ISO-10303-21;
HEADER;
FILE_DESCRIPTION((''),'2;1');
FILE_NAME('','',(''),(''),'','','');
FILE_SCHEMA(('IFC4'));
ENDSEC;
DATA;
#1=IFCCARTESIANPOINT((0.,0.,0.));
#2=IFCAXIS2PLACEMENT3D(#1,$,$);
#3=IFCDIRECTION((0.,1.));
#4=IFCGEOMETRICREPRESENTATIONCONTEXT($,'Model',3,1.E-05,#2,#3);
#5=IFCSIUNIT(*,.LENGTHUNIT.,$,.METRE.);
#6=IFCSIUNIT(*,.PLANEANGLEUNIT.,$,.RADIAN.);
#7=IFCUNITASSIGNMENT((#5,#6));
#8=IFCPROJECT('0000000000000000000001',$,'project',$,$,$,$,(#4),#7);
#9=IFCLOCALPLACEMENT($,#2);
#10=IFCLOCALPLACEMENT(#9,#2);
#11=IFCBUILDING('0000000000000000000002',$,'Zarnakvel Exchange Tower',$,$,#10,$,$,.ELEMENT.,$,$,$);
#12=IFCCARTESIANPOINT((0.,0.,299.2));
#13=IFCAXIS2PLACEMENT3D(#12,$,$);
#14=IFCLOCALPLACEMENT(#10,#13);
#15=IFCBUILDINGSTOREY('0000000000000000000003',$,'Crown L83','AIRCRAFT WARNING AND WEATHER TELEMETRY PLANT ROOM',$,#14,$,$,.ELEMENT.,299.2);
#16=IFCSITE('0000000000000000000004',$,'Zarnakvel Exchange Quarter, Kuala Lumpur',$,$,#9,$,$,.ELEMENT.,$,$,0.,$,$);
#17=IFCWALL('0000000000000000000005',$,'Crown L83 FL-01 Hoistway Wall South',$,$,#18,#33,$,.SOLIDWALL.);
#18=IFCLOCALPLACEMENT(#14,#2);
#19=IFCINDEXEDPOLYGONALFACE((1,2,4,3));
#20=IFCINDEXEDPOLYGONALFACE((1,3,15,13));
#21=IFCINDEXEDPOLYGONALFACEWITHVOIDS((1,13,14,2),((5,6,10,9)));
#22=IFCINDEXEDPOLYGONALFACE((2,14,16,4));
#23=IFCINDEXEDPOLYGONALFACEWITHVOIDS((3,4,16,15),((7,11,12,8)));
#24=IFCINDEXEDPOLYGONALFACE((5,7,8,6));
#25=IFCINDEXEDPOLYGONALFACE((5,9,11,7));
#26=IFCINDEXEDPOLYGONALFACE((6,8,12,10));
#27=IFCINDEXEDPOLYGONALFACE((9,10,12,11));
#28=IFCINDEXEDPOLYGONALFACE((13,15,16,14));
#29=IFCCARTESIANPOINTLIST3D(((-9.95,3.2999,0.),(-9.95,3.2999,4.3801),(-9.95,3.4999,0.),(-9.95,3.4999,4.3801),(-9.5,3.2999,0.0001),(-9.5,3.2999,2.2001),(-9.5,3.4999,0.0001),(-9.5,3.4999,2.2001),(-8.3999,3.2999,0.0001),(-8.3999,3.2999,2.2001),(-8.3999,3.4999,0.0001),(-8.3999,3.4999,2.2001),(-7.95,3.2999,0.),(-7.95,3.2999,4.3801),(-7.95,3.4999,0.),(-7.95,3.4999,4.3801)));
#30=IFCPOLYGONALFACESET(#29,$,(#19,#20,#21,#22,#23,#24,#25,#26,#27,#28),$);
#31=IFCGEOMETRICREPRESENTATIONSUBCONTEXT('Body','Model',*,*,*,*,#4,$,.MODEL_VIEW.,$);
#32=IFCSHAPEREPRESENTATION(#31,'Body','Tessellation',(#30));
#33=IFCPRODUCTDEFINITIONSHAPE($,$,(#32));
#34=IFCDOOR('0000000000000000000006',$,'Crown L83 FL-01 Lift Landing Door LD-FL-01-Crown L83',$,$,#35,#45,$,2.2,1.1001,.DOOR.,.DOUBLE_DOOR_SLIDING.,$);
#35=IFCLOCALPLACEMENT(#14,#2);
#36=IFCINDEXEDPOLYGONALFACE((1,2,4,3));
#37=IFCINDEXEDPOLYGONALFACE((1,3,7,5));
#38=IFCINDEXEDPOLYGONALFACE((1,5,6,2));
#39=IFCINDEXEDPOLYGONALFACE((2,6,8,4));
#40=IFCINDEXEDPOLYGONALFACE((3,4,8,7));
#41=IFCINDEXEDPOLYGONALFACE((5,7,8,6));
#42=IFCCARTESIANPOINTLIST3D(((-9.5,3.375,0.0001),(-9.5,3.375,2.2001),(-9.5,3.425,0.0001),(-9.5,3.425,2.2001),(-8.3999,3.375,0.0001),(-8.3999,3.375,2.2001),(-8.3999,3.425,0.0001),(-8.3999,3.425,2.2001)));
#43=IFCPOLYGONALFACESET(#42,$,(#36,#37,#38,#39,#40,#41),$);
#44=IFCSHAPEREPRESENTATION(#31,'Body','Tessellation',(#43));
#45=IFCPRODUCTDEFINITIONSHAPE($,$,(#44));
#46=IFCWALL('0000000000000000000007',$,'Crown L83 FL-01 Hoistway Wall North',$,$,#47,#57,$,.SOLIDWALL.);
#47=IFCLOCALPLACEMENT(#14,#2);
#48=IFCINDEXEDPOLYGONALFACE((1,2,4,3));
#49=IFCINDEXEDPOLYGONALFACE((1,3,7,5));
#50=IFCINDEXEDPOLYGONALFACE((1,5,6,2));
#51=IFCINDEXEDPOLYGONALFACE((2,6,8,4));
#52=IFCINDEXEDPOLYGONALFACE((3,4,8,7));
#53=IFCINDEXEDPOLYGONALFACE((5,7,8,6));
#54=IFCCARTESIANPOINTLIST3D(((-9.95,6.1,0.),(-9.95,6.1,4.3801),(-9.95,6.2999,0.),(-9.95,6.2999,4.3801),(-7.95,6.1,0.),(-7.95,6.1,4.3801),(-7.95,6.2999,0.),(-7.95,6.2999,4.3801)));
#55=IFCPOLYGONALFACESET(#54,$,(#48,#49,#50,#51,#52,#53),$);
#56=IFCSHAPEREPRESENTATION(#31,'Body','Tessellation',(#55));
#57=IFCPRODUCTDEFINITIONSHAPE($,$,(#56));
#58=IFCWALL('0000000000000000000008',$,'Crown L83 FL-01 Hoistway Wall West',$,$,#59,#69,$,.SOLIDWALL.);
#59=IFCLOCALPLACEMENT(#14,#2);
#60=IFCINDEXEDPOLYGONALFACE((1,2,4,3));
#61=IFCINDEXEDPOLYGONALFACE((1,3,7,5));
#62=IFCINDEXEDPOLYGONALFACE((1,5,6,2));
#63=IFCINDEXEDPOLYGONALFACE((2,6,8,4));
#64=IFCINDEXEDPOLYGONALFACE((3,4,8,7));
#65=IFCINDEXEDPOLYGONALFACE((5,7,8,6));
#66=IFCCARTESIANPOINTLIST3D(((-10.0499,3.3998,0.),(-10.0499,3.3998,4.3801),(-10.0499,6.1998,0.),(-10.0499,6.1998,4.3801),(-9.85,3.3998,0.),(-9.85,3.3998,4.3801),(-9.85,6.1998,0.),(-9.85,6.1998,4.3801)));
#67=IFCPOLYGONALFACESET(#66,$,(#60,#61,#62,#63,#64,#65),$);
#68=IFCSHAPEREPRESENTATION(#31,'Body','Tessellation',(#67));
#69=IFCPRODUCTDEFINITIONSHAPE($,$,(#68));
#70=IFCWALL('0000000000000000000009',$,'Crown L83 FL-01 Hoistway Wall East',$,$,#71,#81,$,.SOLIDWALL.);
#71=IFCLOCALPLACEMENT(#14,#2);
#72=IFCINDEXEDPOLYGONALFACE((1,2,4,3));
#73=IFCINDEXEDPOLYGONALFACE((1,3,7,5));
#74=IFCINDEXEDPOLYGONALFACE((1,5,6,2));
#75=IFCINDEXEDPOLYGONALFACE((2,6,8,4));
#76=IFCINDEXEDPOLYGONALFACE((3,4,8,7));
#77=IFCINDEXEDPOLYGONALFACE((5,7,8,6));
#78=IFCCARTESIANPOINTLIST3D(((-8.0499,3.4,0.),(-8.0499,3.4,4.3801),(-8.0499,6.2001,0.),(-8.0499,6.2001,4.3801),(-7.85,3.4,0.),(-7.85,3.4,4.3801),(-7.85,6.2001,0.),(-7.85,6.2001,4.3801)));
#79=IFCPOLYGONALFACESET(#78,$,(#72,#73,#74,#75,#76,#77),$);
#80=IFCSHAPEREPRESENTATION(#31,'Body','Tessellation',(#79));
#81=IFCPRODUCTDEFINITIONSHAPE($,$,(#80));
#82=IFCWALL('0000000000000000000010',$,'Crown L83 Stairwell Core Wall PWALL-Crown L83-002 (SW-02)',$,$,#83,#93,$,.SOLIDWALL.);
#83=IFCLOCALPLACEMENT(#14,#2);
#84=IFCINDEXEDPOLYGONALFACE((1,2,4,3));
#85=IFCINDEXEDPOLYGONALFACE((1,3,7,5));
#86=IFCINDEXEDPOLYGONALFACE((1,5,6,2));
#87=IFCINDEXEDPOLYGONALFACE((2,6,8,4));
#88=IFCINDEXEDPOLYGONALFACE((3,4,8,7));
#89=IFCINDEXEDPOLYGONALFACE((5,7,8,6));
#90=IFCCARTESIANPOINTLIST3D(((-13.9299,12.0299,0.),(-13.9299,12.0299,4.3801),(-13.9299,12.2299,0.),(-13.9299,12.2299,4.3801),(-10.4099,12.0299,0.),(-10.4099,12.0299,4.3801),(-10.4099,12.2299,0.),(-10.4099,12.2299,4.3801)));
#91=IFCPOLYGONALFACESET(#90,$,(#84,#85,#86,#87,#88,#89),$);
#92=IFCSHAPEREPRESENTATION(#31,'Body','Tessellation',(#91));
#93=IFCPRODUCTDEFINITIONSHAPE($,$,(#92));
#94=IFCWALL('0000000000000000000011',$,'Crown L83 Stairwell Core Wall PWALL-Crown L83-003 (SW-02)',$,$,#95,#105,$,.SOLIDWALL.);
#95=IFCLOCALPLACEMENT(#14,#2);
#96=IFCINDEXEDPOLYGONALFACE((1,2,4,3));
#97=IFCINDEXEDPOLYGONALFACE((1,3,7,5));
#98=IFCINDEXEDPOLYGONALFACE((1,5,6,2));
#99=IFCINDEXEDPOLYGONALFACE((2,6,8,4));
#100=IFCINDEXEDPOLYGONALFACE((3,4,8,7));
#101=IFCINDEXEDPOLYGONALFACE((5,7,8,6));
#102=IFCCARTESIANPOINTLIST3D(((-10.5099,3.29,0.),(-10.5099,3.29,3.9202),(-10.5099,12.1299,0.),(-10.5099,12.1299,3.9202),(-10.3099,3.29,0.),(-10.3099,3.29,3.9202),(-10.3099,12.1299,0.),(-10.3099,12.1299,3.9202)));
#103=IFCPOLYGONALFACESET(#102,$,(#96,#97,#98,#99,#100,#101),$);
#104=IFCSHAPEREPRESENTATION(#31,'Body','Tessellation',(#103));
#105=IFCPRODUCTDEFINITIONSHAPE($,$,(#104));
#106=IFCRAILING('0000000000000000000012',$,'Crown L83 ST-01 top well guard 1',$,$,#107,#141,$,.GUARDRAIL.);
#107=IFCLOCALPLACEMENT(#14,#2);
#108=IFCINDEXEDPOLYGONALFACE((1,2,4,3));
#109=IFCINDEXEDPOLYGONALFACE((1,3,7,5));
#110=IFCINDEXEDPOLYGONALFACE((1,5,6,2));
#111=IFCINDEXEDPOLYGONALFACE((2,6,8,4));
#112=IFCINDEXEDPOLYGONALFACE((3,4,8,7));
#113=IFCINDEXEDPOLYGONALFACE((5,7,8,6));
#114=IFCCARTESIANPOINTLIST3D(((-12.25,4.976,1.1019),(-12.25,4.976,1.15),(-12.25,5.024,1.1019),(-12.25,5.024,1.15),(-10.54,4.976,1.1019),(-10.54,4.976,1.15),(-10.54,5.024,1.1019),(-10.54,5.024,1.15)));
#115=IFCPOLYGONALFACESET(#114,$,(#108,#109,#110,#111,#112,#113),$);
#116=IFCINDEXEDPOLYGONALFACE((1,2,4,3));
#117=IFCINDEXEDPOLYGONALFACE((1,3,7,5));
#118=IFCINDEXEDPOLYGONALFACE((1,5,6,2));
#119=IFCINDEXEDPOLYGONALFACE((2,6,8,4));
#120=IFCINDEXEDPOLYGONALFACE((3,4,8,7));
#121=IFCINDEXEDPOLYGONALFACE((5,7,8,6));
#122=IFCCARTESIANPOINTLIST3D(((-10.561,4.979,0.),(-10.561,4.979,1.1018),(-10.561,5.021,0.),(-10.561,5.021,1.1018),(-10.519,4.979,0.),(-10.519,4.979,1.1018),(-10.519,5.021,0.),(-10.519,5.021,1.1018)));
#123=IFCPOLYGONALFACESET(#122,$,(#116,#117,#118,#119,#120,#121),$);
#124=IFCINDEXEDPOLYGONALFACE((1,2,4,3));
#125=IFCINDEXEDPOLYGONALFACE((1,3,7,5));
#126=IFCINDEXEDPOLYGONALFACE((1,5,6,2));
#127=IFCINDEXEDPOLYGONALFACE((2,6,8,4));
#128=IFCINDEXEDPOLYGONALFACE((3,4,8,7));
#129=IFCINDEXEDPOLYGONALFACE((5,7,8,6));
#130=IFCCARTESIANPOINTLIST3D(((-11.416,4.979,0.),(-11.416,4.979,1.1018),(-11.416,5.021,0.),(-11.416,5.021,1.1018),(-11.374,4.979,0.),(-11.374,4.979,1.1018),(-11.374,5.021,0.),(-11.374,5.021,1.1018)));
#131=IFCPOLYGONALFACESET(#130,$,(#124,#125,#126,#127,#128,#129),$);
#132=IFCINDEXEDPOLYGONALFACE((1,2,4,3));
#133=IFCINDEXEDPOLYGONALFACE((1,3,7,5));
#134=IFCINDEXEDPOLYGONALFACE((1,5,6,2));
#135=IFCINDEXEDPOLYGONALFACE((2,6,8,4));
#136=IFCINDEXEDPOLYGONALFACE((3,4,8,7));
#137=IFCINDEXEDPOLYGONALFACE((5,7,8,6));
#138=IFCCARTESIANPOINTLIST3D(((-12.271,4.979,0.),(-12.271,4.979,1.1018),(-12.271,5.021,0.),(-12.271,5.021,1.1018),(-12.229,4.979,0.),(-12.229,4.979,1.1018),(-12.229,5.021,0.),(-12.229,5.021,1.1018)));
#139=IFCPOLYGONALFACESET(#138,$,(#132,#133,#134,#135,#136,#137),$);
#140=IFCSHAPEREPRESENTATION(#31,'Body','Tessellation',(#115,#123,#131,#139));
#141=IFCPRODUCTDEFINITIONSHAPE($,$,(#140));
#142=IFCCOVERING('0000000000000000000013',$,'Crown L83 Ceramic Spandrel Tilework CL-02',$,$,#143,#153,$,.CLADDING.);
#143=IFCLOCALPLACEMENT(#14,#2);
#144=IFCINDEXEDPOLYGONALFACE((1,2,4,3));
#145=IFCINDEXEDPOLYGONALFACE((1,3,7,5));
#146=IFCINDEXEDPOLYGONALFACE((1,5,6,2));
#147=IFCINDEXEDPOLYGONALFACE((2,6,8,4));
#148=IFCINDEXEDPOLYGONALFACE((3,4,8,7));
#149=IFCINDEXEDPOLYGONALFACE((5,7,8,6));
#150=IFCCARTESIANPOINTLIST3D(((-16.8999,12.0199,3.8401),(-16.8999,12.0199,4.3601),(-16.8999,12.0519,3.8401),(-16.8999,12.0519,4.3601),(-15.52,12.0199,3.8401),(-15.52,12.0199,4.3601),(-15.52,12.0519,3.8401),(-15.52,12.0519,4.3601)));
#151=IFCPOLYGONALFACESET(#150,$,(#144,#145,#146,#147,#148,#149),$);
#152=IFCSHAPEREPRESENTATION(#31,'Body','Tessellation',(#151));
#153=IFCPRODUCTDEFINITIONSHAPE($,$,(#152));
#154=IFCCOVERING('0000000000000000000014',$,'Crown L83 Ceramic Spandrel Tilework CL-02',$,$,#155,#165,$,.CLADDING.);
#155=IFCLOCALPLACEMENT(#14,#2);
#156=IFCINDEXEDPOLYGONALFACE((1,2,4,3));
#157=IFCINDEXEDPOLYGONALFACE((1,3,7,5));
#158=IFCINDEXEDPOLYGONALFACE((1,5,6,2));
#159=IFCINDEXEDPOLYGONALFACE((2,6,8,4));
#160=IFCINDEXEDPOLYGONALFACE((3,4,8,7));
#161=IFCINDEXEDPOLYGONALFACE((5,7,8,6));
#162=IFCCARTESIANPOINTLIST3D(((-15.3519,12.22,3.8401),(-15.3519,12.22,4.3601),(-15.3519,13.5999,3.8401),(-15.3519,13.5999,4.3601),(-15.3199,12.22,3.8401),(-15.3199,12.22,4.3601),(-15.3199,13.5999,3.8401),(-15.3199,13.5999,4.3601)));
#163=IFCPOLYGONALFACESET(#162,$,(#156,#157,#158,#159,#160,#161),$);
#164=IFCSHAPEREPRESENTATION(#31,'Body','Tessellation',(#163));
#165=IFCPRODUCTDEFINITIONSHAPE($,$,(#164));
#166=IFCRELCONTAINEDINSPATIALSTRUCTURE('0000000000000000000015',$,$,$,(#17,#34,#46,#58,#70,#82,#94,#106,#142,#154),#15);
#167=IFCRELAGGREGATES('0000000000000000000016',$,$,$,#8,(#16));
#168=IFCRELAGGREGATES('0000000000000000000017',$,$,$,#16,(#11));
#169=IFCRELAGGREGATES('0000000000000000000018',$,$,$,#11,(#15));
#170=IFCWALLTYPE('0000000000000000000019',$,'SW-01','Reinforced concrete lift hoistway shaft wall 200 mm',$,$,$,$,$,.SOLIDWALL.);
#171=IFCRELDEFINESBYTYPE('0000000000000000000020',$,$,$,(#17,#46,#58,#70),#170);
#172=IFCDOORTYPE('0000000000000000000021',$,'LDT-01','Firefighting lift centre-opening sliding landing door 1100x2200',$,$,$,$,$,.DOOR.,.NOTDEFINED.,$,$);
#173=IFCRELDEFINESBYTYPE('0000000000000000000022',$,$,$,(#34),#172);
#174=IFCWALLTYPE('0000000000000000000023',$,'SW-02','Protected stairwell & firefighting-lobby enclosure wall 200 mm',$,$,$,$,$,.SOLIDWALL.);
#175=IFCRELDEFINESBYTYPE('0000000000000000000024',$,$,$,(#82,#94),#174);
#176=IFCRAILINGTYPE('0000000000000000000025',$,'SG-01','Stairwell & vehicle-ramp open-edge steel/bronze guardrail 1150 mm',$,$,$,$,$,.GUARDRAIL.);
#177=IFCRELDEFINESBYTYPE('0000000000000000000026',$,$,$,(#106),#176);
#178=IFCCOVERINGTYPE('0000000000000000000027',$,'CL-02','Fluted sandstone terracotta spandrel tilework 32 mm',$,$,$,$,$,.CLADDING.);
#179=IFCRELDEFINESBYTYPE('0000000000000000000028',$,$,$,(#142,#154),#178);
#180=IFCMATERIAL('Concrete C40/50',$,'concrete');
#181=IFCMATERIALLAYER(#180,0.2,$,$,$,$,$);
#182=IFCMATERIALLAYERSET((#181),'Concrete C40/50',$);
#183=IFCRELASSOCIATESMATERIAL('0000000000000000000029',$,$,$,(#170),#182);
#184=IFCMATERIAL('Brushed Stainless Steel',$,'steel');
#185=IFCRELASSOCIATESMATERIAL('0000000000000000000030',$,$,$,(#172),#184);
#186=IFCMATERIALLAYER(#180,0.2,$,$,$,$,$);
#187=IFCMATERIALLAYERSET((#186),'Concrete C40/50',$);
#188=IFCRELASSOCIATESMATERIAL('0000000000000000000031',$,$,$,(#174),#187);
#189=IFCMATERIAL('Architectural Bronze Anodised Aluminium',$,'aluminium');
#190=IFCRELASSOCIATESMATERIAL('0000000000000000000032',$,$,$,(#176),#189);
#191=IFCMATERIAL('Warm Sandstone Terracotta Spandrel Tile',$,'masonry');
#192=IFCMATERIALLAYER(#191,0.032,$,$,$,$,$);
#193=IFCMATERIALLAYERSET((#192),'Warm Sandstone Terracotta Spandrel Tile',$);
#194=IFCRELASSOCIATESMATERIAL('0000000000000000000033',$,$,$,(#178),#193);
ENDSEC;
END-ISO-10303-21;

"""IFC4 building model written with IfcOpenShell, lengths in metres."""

from ifc_helpers import new_model, si_unit, direction, frame, frame_2d, origin, origin_2d, place, context, subcontext, project, spatial, rectangle, extrude, source, transform, mapped, material, layer, layer_set, type_object, element, fill, save


model = new_model("IFC4")

# Units and contexts
model_context = context("Model", 3, precision=1e-05, world=origin(), true_north=direction((0.0, 1.0)))
body_context = subcontext(model_context, "Body", "Model", "MODEL_VIEW")
ifc_project = project(units=[si_unit("LENGTHUNIT", "METRE"), si_unit("PLANEANGLEUNIT", "RADIAN")], contexts=[model_context])

# Site, building, storey
site_placement = place(None, origin())
site = spatial("IfcSite", under=ifc_project, at=site_placement, Name="Zarnakvel Exchange Quarter, Kuala Lumpur", CompositionType="ELEMENT", RefElevation=0.0)
building_placement = place(site_placement, origin())
building = spatial("IfcBuilding", under=site, at=building_placement, Name="Zarnakvel Exchange Tower", CompositionType="ELEMENT")
storey_placement = place(building_placement, frame((0.0, 0.0, 299.2)))
storey = spatial("IfcBuildingStorey", under=building, at=storey_placement, Name="Crown L83", Description="AIRCRAFT WARNING AND WEATHER TELEMETRY PLANT ROOM", CompositionType="ELEMENT", Elevation=299.2)

# Shared definitions
ifc_material_1 = material(Name="Architectural Bronze Anodised Aluminium", Category="aluminium")

# Wall, opening, door
ifc_material_2 = material(Name="Concrete C40/50", Category="concrete")
ifc_layer_1 = layer(ifc_material_2, 0.2)
ifc_layer_set_1 = layer_set([ifc_layer_1], Name="Concrete C40/50")
wall_type_1 = type_object("IfcWallType", Name="SW-01", Description="Reinforced concrete lift hoistway shaft wall 200 mm", PredefinedType="SOLIDWALL", material=ifc_layer_set_1)
wall_1_placement = place(storey_placement, frame((-7.95, 3.3999, 0.0), z_axis=(0.0, 0.0, 1.0), x_axis=(-1.0, 0.0, 0.0)))
wall_1 = element("IfcWall", 1, at=wall_1_placement, inside=storey, type_object=wall_type_1, Name="Crown L83 FL-01 Hoistway Wall South", PredefinedType="SOLIDWALL", context=body_context, shape_type="SweptSolid", body=[
    extrude(rectangle(XDim=2.0, YDim=0.2, at=frame_2d((1.0, 0.0))), origin(), (0.0, 0.0, 1.0), 4.3801),
])
opening_1_placement = place(wall_1_placement, frame((0.45, 0.0, 0.0)))
opening_1 = element("IfcOpeningElement", 2, at=opening_1_placement, cuts=wall_1, PredefinedType="OPENING", context=body_context, shape_type="SweptSolid", body=[
    extrude(rectangle(XDim=1.1001, YDim=2.2, at=frame_2d((0.55, 1.1001))), frame((0.0, 0.1099, 0.0), z_axis=(0.0, -1.0, 0.0), x_axis=(1.0, 0.0, 0.0)), (0.0, 0.0, 1.0), 0.22),
])
ifc_material_3 = material(Name="Brushed Stainless Steel", Category="steel")
door_type_1 = type_object("IfcDoorType", Name="LDT-01", Description="Firefighting lift centre-opening sliding landing door 1100x2200", OperationType="NOTDEFINED", PredefinedType="DOOR", material=ifc_material_3)
shared_shape_1 = source(origin(), body_context, "Body", "SweptSolid", [
    extrude(rectangle(XDim=1.1001, YDim=2.2, at=frame_2d((0.55, 1.1001))), frame((0.0, 0.0249, 0.0), z_axis=(0.0, -1.0, 0.0), x_axis=(1.0, 0.0, 0.0)), (0.0, 0.0, 1.0), 0.05),
])
door_1_placement = place(opening_1_placement, origin())
door_1 = element("IfcDoor", 3, at=door_1_placement, inside=storey, type_object=door_type_1, Name="Crown L83 FL-01 Lift Landing Door LD-FL-01-Crown L83", OperationType="DOUBLE_DOOR_SLIDING", OverallHeight=2.2, OverallWidth=1.1001, PredefinedType="DOOR", context=body_context, shape_type="MappedRepresentation", body=[
    mapped(shared_shape_1, transform((0.0, 0.0, 0.0), x_axis=(1.0, 0.0, 0.0), y_axis=(0.0, 1.0, 0.0), z_axis=(0.0, 0.0, 1.0), scale=1.0)),
])
fill(opening_1, door_1)

# Walls
wall_2_placement = place(storey_placement, frame((-9.95, 6.2, 0.0), z_axis=(0.0, 0.0, 1.0), x_axis=(1.0, 0.0, 0.0)))
element("IfcWall", 4, at=wall_2_placement, inside=storey, type_object=wall_type_1, Name="Crown L83 FL-01 Hoistway Wall North", PredefinedType="SOLIDWALL", context=body_context, shape_type="SweptSolid", body=[
    extrude(rectangle(XDim=2.0, YDim=0.2, at=frame_2d((1.0, 0.0))), origin(), (0.0, 0.0, 1.0), 4.3801),
])
for number, where, z_axis, x_axis, name in (
    (5, (-9.95, 3.3999, 0.0), (0.0, 0.0, 1.0), (0.0, 1.0, 0.0), "Crown L83 FL-01 Hoistway Wall West"),
    (6, (-7.95, 6.2, 0.0), (0.0, 0.0, 1.0), (0.0, -1.0, 0.0), "Crown L83 FL-01 Hoistway Wall East"),
):
    element("IfcWall", number, at=place(storey_placement, frame(where, z_axis=z_axis, x_axis=x_axis)), inside=storey, type_object=wall_type_1, Name=name, PredefinedType="SOLIDWALL", context=body_context, shape_type="SweptSolid", body=[
        extrude(rectangle(XDim=2.8, YDim=0.2, at=frame_2d((1.3999, 0.0))), origin(), (0.0, 0.0, 1.0), 4.3801),
    ])

# Shared definitions
ifc_layer_2 = layer(ifc_material_2, 0.2)
ifc_layer_set_2 = layer_set([ifc_layer_2], Name="Concrete C40/50")
wall_type_2 = type_object("IfcWallType", Name="SW-02", Description="Protected stairwell & firefighting-lobby enclosure wall 200 mm", PredefinedType="SOLIDWALL", material=ifc_layer_set_2)

# Walls
wall_3_placement = place(storey_placement, frame((-13.9299, 12.1299, 0.0), z_axis=(0.0, 0.0, 1.0), x_axis=(1.0, 0.0, 0.0)))
element("IfcWall", 7, at=wall_3_placement, inside=storey, type_object=wall_type_2, Name="Crown L83 Stairwell Core Wall PWALL-Crown L83-002 (SW-02)", PredefinedType="SOLIDWALL", context=body_context, shape_type="SweptSolid", body=[
    extrude(rectangle(XDim=3.52, YDim=0.2, at=frame_2d((1.76, 0.0))), origin(), (0.0, 0.0, 1.0), 4.3801),
])
wall_4_placement = place(storey_placement, frame((-10.4099, 12.1299, 0.0), z_axis=(0.0, 0.0, 1.0), x_axis=(0.0, -1.0, 0.0)))
element("IfcWall", 8, at=wall_4_placement, inside=storey, type_object=wall_type_2, Name="Crown L83 Stairwell Core Wall PWALL-Crown L83-003 (SW-02)", PredefinedType="SOLIDWALL", context=body_context, shape_type="SweptSolid", body=[
    extrude(rectangle(XDim=8.8398, YDim=0.2, at=frame_2d((4.4199, 0.0))), origin(), (0.0, 0.0, 1.0), 3.9202),
])

# Railing
railing_type = type_object("IfcRailingType", Name="SG-01", Description="Stairwell & vehicle-ramp open-edge steel/bronze guardrail 1150 mm", PredefinedType="GUARDRAIL", material=ifc_material_1)
railing_placement = place(storey_placement, frame((-10.54, 5.0, 0.0)))
element("IfcRailing", 9, at=railing_placement, inside=storey, type_object=railing_type, Name="Crown L83 ST-01 top well guard 1", PredefinedType="GUARDRAIL", context=body_context, shape_type="SweptSolid", body=[
    extrude(rectangle(XDim=0.0481, YDim=0.0481, at=origin_2d()), frame((0.0, 0.0, 1.126), z_axis=(-1.0, 0.0, 0.0), x_axis=(0.0, -1.0, 0.0)), (0.0, 0.0, 1.0), 1.71),
    extrude(rectangle(XDim=0.042, YDim=0.042, at=origin_2d()), origin(), (0.0, 0.0, 1.0), 1.1018),
    extrude(rectangle(XDim=0.042, YDim=0.042, at=origin_2d()), frame((-0.855, 0.0, 0.0)), (0.0, 0.0, 1.0), 1.1018),
    extrude(rectangle(XDim=0.042, YDim=0.042, at=origin_2d()), frame((-1.71, 0.0, 0.0)), (0.0, 0.0, 1.0), 1.1018),
])

# Coverings
ifc_material_4 = material(Name="Warm Sandstone Terracotta Spandrel Tile", Category="masonry")
ifc_layer_3 = layer(ifc_material_4, 0.032)
ifc_layer_set_3 = layer_set([ifc_layer_3], Name="Warm Sandstone Terracotta Spandrel Tile")
covering_type = type_object("IfcCoveringType", Name="CL-02", Description="Fluted sandstone terracotta spandrel tilework 32 mm", PredefinedType="CLADDING", material=ifc_layer_set_3)
shared_shape_2 = source(origin(), body_context, "Body", "SweptSolid", [
    extrude(rectangle(XDim=1.3799, YDim=0.032, at=origin_2d()), origin(), (0.0, 0.0, 1.0), 0.52),
])
for number, where, z_axis, x_axis, name in (
    (10, (-16.21, 12.0359, 3.8401), (0.0, 0.0, 1.0), (-1.0, 0.0, 0.0), "Crown L83 Ceramic Spandrel Tilework CL-02"),
    (11, (-15.3359, 12.9099, 3.8401), (0.0, 0.0, 1.0), (0.0, -1.0, 0.0), "Crown L83 Ceramic Spandrel Tilework CL-02"),
):
    element("IfcCovering", number, at=place(storey_placement, frame(where, z_axis=z_axis, x_axis=x_axis)), inside=storey, type_object=covering_type, Name=name, PredefinedType="CLADDING", context=body_context, shape_type="MappedRepresentation", body=[
        mapped(shared_shape_2, transform((0.0, 0.0, 0.0), x_axis=(1.0, 0.0, 0.0), y_axis=(0.0, 1.0, 0.0), z_axis=(0.0, 0.0, 1.0), scale=1.0)),
    ])

save(model, "model.ifc")
